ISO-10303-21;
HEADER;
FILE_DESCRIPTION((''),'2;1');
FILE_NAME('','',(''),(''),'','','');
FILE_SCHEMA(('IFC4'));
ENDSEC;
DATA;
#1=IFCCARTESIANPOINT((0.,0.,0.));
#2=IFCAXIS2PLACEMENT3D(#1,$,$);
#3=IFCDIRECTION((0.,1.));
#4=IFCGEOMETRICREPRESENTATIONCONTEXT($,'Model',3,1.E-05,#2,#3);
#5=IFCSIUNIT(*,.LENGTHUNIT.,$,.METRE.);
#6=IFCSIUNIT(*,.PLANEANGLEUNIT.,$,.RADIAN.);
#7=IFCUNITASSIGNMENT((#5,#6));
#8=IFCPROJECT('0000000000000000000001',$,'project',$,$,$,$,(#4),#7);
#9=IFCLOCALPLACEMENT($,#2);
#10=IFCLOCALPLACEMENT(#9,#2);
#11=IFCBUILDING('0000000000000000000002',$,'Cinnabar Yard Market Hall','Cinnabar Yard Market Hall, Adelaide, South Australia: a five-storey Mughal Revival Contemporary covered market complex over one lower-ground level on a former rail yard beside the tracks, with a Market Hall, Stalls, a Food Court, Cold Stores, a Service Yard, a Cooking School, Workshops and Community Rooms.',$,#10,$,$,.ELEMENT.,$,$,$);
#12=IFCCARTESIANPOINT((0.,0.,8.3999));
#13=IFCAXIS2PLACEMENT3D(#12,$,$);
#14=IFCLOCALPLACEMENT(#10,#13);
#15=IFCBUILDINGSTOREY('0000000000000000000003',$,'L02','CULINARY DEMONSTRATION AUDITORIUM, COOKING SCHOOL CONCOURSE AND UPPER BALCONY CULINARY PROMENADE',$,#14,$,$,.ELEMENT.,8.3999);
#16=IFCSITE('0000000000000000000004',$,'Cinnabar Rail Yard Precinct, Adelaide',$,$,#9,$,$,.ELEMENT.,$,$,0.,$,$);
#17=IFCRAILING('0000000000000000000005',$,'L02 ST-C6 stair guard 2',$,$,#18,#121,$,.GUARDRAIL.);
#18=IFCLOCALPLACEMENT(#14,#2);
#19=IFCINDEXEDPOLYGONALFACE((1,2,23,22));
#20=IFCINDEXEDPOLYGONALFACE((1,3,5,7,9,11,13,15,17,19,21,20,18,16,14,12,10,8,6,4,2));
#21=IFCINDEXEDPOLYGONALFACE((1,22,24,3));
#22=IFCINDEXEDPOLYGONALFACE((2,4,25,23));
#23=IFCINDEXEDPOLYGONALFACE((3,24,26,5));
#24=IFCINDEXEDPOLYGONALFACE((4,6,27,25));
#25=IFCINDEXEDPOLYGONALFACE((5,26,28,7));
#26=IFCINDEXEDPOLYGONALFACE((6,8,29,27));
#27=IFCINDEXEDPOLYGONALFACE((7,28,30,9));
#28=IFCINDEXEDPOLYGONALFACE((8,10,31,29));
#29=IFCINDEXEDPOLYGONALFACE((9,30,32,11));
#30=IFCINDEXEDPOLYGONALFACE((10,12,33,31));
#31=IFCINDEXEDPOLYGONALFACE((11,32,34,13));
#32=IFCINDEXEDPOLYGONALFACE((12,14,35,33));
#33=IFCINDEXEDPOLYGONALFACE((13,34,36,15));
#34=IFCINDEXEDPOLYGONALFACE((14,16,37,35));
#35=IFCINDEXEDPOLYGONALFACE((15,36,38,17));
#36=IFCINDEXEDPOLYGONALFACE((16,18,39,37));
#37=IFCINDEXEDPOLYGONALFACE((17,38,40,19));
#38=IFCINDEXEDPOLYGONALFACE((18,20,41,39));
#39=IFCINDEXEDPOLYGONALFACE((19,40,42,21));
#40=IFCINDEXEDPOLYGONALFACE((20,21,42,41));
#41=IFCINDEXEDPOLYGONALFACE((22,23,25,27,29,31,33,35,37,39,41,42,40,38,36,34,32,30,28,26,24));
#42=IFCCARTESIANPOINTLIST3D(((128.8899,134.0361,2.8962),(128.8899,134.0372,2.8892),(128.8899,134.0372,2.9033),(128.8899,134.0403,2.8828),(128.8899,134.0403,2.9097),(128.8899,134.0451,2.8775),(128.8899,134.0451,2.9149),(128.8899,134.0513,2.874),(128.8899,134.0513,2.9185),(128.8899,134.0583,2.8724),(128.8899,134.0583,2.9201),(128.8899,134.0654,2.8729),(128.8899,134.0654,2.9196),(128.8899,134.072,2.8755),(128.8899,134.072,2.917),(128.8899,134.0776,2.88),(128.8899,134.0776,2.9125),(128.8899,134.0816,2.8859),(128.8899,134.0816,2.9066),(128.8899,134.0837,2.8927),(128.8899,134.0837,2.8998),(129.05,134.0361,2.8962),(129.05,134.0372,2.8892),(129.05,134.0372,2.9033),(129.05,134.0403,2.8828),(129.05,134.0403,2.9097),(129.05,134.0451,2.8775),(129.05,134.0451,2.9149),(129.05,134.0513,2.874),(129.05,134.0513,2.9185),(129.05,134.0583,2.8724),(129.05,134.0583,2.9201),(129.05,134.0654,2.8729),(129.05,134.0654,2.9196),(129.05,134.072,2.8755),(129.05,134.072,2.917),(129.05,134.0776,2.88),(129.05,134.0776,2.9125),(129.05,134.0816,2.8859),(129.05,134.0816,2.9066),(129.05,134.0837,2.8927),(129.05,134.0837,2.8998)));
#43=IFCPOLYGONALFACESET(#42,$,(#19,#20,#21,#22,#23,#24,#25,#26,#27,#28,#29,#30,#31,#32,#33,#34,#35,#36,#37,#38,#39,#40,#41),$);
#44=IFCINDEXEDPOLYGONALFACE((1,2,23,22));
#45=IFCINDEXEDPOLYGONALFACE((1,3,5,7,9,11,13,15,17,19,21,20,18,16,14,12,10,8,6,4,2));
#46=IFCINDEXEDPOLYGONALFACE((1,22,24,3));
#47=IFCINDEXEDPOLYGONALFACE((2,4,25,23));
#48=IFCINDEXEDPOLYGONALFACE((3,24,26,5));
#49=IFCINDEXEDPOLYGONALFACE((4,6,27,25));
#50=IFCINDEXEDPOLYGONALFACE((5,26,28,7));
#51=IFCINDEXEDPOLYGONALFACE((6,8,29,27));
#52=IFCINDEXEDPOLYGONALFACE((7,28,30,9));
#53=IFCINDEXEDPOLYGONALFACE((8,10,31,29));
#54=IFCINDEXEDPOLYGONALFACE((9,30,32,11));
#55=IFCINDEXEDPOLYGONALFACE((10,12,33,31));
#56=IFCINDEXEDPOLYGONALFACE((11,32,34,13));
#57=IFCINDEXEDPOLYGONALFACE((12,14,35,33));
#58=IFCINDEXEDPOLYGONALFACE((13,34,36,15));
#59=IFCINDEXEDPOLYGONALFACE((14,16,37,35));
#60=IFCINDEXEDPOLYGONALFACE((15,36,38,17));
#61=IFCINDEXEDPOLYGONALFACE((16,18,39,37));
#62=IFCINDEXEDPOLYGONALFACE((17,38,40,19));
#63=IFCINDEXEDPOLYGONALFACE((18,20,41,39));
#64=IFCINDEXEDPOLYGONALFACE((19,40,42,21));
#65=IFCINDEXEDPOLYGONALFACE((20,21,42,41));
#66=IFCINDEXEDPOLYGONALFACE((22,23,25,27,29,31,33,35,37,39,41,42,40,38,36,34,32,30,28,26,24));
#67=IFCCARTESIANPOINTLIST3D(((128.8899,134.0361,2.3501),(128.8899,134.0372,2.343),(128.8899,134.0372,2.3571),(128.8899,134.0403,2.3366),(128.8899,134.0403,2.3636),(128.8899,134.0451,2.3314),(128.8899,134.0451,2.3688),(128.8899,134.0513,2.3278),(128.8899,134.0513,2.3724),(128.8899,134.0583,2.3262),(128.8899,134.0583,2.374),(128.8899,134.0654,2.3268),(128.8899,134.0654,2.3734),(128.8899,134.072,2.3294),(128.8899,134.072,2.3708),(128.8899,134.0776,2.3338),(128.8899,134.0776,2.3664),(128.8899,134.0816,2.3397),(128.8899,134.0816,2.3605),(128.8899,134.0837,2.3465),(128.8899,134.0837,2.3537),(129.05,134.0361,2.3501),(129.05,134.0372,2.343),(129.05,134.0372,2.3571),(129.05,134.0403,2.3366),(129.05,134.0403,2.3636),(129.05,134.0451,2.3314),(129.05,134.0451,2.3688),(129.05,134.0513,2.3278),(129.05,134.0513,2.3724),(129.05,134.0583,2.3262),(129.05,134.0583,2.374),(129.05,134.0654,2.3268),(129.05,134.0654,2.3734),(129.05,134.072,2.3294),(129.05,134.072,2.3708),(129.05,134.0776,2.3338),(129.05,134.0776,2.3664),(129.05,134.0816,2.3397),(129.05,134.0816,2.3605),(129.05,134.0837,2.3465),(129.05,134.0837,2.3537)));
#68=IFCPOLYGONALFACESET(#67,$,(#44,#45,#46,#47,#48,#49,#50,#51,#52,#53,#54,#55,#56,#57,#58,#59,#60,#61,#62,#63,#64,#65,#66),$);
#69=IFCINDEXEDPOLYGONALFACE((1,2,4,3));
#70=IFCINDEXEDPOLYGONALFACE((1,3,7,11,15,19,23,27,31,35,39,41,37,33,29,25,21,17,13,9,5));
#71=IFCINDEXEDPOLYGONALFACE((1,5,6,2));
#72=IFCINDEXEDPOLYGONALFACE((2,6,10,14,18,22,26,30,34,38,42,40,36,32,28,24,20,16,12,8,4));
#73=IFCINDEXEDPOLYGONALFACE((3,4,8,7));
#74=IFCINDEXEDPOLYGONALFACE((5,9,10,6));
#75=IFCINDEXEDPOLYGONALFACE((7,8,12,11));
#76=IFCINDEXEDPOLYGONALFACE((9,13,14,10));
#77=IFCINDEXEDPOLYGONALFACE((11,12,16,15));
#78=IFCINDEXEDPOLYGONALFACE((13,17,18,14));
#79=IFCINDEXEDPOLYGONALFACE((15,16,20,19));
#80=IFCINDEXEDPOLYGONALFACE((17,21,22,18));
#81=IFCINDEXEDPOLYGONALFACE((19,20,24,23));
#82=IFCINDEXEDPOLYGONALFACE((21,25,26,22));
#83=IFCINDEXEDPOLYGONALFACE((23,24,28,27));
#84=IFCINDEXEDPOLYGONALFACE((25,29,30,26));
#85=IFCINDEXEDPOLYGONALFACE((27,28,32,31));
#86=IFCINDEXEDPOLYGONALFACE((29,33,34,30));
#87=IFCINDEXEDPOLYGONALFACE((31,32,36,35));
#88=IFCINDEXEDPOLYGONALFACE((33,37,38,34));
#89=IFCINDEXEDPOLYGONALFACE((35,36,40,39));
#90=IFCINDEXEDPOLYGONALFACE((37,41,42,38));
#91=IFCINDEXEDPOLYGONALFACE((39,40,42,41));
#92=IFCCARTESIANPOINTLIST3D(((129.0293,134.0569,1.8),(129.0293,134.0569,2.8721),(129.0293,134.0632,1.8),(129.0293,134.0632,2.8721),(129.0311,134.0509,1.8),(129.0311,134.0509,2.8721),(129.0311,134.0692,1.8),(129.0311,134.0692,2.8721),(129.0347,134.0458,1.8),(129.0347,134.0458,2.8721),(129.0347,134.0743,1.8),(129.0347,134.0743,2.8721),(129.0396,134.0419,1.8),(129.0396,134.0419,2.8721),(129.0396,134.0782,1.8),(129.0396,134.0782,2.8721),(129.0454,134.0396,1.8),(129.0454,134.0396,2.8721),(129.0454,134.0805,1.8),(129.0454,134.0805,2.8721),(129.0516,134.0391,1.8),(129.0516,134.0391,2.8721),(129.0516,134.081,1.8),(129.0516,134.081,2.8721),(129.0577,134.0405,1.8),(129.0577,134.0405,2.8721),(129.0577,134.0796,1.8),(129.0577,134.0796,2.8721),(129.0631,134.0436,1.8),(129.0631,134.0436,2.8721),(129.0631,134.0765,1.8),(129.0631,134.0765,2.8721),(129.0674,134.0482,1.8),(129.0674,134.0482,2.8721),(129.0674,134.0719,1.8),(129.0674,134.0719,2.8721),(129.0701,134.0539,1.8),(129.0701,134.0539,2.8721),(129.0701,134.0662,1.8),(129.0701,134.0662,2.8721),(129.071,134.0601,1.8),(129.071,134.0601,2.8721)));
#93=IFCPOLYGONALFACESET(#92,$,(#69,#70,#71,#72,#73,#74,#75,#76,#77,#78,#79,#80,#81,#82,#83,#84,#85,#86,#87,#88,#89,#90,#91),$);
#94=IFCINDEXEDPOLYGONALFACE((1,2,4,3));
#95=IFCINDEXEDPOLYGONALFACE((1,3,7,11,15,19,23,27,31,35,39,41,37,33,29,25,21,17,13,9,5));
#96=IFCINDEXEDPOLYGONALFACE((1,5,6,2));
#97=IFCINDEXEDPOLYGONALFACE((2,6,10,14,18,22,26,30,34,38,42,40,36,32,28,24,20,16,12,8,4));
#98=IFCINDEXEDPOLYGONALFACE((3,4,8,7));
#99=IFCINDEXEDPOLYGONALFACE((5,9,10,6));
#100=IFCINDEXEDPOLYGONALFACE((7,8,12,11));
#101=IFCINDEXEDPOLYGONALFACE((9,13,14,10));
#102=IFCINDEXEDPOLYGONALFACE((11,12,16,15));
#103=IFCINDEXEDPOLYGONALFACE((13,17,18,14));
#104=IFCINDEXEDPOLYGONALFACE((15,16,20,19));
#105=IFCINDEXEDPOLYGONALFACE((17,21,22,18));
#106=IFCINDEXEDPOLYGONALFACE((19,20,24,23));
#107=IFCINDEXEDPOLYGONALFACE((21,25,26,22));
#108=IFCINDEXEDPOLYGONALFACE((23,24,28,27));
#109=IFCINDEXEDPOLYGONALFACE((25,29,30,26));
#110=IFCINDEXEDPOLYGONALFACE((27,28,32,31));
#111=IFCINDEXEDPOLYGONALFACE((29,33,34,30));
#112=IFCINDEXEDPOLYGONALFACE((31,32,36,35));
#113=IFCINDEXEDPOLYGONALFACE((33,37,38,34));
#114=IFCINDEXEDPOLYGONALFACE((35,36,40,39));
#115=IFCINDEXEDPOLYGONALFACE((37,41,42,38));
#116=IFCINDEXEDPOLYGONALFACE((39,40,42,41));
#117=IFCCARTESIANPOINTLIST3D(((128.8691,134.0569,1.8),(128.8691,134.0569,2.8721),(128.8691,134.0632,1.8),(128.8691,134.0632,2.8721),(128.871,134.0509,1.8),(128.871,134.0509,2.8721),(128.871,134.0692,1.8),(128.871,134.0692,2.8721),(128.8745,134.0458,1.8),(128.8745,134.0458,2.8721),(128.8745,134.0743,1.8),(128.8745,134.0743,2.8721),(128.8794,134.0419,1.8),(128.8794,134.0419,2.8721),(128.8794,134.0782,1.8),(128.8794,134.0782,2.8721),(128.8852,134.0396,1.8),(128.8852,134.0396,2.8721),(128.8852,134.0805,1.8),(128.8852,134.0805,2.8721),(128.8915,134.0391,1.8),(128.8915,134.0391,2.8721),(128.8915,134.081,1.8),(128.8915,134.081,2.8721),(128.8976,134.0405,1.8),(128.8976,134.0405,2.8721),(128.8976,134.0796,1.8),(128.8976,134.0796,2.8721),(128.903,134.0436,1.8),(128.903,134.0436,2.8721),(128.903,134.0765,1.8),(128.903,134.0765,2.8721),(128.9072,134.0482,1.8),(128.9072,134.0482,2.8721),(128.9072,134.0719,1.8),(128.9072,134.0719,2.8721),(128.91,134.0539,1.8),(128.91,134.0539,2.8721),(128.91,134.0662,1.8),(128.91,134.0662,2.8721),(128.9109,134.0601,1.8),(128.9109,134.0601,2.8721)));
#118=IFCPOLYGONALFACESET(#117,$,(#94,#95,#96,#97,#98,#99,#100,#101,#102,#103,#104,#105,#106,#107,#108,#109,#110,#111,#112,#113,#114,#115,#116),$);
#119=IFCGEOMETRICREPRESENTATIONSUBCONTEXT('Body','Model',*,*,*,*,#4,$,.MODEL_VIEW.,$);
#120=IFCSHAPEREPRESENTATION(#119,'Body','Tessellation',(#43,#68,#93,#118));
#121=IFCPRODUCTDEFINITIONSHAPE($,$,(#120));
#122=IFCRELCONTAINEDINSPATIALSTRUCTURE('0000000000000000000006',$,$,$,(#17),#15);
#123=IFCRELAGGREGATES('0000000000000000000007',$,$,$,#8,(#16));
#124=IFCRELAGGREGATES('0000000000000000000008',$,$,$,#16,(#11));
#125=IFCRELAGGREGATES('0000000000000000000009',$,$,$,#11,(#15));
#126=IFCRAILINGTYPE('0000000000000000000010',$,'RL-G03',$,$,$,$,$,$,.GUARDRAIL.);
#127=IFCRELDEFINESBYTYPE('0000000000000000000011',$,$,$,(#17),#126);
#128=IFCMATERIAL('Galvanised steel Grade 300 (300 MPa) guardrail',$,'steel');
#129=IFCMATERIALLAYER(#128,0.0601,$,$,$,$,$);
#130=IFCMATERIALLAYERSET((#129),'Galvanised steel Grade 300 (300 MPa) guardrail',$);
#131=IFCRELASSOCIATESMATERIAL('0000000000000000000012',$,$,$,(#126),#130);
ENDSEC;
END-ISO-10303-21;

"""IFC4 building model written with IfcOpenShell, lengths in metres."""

from ifc_helpers import new_model, si_unit, direction, frame, origin, origin_2d_with_axis, place, context, subcontext, project, spatial, circle, extrude, material, layer, layer_set, type_object, element, save


model = new_model("IFC4")

# Units and contexts
model_context = context("Model", 3, precision=1e-05, world=origin(), true_north=direction((0.0, 1.0)))
body_context = subcontext(model_context, "Body", "Model", "MODEL_VIEW")
ifc_project = project(units=[si_unit("LENGTHUNIT", "METRE"), si_unit("PLANEANGLEUNIT", "RADIAN")], contexts=[model_context])

# Site, building, storey
site_placement = place(None, origin())
site = spatial("IfcSite", under=ifc_project, at=site_placement, Name="Cinnabar Rail Yard Precinct, Adelaide", CompositionType="ELEMENT", RefElevation=0.0)
building_placement = place(site_placement, origin())
building = spatial("IfcBuilding", under=site, at=building_placement, Name="Cinnabar Yard Market Hall", Description="Cinnabar Yard Market Hall, Adelaide, South Australia: a five-storey Mughal Revival Contemporary covered market complex over one lower-ground level on a former rail yard beside the tracks, with a Market Hall, Stalls, a Food Court, Cold Stores, a Service Yard, a Cooking School, Workshops and Community Rooms.", CompositionType="ELEMENT")
storey_placement = place(building_placement, frame((0.0, 0.0, 8.3999)))
storey = spatial("IfcBuildingStorey", under=building, at=storey_placement, Name="L02", Description="CULINARY DEMONSTRATION AUDITORIUM, COOKING SCHOOL CONCOURSE AND UPPER BALCONY CULINARY PROMENADE", CompositionType="ELEMENT", Elevation=8.3999)

# Railing
ifc_material_1 = material(Name="Galvanised steel Grade 300 (300 MPa) guardrail", Category="steel")
ifc_layer_1 = layer(ifc_material_1, 0.0601)
ifc_layer_set_1 = layer_set([ifc_layer_1], Name="Galvanised steel Grade 300 (300 MPa) guardrail")
railing_type_1 = type_object("IfcRailingType", Name="RL-G03", PredefinedType="GUARDRAIL", material=ifc_layer_set_1)
railing_1_placement = place(storey_placement, frame((129.05, 134.0601, 1.8)))
element("IfcRailing", 1, at=railing_1_placement, inside=storey, type_object=railing_type_1, Name="L02 ST-C6 stair guard 2", PredefinedType="GUARDRAIL", context=body_context, shape_type="SweptSolid", body=[
    extrude(circle(Radius=0.0239, at=origin_2d_with_axis()), frame((0.0, 0.0, 1.0962), z_axis=(-1.0, 0.0, 0.0), x_axis=(0.0, -1.0, 0.0)), (0.0, 0.0, 1.0), 0.1602),
    extrude(circle(Radius=0.0239, at=origin_2d_with_axis()), frame((0.0, 0.0, 0.55), z_axis=(-1.0, 0.0, 0.0), x_axis=(0.0, -1.0, 0.0)), (0.0, 0.0, 1.0), 0.1602),
    extrude(circle(Radius=0.021, at=origin_2d_with_axis()), origin(), (0.0, 0.0, 1.0), 1.072),
    extrude(circle(Radius=0.021, at=origin_2d_with_axis()), frame((-0.1602, 0.0, 0.0)), (0.0, 0.0, 1.0), 1.072),
])

save(model, "model.ifc")
